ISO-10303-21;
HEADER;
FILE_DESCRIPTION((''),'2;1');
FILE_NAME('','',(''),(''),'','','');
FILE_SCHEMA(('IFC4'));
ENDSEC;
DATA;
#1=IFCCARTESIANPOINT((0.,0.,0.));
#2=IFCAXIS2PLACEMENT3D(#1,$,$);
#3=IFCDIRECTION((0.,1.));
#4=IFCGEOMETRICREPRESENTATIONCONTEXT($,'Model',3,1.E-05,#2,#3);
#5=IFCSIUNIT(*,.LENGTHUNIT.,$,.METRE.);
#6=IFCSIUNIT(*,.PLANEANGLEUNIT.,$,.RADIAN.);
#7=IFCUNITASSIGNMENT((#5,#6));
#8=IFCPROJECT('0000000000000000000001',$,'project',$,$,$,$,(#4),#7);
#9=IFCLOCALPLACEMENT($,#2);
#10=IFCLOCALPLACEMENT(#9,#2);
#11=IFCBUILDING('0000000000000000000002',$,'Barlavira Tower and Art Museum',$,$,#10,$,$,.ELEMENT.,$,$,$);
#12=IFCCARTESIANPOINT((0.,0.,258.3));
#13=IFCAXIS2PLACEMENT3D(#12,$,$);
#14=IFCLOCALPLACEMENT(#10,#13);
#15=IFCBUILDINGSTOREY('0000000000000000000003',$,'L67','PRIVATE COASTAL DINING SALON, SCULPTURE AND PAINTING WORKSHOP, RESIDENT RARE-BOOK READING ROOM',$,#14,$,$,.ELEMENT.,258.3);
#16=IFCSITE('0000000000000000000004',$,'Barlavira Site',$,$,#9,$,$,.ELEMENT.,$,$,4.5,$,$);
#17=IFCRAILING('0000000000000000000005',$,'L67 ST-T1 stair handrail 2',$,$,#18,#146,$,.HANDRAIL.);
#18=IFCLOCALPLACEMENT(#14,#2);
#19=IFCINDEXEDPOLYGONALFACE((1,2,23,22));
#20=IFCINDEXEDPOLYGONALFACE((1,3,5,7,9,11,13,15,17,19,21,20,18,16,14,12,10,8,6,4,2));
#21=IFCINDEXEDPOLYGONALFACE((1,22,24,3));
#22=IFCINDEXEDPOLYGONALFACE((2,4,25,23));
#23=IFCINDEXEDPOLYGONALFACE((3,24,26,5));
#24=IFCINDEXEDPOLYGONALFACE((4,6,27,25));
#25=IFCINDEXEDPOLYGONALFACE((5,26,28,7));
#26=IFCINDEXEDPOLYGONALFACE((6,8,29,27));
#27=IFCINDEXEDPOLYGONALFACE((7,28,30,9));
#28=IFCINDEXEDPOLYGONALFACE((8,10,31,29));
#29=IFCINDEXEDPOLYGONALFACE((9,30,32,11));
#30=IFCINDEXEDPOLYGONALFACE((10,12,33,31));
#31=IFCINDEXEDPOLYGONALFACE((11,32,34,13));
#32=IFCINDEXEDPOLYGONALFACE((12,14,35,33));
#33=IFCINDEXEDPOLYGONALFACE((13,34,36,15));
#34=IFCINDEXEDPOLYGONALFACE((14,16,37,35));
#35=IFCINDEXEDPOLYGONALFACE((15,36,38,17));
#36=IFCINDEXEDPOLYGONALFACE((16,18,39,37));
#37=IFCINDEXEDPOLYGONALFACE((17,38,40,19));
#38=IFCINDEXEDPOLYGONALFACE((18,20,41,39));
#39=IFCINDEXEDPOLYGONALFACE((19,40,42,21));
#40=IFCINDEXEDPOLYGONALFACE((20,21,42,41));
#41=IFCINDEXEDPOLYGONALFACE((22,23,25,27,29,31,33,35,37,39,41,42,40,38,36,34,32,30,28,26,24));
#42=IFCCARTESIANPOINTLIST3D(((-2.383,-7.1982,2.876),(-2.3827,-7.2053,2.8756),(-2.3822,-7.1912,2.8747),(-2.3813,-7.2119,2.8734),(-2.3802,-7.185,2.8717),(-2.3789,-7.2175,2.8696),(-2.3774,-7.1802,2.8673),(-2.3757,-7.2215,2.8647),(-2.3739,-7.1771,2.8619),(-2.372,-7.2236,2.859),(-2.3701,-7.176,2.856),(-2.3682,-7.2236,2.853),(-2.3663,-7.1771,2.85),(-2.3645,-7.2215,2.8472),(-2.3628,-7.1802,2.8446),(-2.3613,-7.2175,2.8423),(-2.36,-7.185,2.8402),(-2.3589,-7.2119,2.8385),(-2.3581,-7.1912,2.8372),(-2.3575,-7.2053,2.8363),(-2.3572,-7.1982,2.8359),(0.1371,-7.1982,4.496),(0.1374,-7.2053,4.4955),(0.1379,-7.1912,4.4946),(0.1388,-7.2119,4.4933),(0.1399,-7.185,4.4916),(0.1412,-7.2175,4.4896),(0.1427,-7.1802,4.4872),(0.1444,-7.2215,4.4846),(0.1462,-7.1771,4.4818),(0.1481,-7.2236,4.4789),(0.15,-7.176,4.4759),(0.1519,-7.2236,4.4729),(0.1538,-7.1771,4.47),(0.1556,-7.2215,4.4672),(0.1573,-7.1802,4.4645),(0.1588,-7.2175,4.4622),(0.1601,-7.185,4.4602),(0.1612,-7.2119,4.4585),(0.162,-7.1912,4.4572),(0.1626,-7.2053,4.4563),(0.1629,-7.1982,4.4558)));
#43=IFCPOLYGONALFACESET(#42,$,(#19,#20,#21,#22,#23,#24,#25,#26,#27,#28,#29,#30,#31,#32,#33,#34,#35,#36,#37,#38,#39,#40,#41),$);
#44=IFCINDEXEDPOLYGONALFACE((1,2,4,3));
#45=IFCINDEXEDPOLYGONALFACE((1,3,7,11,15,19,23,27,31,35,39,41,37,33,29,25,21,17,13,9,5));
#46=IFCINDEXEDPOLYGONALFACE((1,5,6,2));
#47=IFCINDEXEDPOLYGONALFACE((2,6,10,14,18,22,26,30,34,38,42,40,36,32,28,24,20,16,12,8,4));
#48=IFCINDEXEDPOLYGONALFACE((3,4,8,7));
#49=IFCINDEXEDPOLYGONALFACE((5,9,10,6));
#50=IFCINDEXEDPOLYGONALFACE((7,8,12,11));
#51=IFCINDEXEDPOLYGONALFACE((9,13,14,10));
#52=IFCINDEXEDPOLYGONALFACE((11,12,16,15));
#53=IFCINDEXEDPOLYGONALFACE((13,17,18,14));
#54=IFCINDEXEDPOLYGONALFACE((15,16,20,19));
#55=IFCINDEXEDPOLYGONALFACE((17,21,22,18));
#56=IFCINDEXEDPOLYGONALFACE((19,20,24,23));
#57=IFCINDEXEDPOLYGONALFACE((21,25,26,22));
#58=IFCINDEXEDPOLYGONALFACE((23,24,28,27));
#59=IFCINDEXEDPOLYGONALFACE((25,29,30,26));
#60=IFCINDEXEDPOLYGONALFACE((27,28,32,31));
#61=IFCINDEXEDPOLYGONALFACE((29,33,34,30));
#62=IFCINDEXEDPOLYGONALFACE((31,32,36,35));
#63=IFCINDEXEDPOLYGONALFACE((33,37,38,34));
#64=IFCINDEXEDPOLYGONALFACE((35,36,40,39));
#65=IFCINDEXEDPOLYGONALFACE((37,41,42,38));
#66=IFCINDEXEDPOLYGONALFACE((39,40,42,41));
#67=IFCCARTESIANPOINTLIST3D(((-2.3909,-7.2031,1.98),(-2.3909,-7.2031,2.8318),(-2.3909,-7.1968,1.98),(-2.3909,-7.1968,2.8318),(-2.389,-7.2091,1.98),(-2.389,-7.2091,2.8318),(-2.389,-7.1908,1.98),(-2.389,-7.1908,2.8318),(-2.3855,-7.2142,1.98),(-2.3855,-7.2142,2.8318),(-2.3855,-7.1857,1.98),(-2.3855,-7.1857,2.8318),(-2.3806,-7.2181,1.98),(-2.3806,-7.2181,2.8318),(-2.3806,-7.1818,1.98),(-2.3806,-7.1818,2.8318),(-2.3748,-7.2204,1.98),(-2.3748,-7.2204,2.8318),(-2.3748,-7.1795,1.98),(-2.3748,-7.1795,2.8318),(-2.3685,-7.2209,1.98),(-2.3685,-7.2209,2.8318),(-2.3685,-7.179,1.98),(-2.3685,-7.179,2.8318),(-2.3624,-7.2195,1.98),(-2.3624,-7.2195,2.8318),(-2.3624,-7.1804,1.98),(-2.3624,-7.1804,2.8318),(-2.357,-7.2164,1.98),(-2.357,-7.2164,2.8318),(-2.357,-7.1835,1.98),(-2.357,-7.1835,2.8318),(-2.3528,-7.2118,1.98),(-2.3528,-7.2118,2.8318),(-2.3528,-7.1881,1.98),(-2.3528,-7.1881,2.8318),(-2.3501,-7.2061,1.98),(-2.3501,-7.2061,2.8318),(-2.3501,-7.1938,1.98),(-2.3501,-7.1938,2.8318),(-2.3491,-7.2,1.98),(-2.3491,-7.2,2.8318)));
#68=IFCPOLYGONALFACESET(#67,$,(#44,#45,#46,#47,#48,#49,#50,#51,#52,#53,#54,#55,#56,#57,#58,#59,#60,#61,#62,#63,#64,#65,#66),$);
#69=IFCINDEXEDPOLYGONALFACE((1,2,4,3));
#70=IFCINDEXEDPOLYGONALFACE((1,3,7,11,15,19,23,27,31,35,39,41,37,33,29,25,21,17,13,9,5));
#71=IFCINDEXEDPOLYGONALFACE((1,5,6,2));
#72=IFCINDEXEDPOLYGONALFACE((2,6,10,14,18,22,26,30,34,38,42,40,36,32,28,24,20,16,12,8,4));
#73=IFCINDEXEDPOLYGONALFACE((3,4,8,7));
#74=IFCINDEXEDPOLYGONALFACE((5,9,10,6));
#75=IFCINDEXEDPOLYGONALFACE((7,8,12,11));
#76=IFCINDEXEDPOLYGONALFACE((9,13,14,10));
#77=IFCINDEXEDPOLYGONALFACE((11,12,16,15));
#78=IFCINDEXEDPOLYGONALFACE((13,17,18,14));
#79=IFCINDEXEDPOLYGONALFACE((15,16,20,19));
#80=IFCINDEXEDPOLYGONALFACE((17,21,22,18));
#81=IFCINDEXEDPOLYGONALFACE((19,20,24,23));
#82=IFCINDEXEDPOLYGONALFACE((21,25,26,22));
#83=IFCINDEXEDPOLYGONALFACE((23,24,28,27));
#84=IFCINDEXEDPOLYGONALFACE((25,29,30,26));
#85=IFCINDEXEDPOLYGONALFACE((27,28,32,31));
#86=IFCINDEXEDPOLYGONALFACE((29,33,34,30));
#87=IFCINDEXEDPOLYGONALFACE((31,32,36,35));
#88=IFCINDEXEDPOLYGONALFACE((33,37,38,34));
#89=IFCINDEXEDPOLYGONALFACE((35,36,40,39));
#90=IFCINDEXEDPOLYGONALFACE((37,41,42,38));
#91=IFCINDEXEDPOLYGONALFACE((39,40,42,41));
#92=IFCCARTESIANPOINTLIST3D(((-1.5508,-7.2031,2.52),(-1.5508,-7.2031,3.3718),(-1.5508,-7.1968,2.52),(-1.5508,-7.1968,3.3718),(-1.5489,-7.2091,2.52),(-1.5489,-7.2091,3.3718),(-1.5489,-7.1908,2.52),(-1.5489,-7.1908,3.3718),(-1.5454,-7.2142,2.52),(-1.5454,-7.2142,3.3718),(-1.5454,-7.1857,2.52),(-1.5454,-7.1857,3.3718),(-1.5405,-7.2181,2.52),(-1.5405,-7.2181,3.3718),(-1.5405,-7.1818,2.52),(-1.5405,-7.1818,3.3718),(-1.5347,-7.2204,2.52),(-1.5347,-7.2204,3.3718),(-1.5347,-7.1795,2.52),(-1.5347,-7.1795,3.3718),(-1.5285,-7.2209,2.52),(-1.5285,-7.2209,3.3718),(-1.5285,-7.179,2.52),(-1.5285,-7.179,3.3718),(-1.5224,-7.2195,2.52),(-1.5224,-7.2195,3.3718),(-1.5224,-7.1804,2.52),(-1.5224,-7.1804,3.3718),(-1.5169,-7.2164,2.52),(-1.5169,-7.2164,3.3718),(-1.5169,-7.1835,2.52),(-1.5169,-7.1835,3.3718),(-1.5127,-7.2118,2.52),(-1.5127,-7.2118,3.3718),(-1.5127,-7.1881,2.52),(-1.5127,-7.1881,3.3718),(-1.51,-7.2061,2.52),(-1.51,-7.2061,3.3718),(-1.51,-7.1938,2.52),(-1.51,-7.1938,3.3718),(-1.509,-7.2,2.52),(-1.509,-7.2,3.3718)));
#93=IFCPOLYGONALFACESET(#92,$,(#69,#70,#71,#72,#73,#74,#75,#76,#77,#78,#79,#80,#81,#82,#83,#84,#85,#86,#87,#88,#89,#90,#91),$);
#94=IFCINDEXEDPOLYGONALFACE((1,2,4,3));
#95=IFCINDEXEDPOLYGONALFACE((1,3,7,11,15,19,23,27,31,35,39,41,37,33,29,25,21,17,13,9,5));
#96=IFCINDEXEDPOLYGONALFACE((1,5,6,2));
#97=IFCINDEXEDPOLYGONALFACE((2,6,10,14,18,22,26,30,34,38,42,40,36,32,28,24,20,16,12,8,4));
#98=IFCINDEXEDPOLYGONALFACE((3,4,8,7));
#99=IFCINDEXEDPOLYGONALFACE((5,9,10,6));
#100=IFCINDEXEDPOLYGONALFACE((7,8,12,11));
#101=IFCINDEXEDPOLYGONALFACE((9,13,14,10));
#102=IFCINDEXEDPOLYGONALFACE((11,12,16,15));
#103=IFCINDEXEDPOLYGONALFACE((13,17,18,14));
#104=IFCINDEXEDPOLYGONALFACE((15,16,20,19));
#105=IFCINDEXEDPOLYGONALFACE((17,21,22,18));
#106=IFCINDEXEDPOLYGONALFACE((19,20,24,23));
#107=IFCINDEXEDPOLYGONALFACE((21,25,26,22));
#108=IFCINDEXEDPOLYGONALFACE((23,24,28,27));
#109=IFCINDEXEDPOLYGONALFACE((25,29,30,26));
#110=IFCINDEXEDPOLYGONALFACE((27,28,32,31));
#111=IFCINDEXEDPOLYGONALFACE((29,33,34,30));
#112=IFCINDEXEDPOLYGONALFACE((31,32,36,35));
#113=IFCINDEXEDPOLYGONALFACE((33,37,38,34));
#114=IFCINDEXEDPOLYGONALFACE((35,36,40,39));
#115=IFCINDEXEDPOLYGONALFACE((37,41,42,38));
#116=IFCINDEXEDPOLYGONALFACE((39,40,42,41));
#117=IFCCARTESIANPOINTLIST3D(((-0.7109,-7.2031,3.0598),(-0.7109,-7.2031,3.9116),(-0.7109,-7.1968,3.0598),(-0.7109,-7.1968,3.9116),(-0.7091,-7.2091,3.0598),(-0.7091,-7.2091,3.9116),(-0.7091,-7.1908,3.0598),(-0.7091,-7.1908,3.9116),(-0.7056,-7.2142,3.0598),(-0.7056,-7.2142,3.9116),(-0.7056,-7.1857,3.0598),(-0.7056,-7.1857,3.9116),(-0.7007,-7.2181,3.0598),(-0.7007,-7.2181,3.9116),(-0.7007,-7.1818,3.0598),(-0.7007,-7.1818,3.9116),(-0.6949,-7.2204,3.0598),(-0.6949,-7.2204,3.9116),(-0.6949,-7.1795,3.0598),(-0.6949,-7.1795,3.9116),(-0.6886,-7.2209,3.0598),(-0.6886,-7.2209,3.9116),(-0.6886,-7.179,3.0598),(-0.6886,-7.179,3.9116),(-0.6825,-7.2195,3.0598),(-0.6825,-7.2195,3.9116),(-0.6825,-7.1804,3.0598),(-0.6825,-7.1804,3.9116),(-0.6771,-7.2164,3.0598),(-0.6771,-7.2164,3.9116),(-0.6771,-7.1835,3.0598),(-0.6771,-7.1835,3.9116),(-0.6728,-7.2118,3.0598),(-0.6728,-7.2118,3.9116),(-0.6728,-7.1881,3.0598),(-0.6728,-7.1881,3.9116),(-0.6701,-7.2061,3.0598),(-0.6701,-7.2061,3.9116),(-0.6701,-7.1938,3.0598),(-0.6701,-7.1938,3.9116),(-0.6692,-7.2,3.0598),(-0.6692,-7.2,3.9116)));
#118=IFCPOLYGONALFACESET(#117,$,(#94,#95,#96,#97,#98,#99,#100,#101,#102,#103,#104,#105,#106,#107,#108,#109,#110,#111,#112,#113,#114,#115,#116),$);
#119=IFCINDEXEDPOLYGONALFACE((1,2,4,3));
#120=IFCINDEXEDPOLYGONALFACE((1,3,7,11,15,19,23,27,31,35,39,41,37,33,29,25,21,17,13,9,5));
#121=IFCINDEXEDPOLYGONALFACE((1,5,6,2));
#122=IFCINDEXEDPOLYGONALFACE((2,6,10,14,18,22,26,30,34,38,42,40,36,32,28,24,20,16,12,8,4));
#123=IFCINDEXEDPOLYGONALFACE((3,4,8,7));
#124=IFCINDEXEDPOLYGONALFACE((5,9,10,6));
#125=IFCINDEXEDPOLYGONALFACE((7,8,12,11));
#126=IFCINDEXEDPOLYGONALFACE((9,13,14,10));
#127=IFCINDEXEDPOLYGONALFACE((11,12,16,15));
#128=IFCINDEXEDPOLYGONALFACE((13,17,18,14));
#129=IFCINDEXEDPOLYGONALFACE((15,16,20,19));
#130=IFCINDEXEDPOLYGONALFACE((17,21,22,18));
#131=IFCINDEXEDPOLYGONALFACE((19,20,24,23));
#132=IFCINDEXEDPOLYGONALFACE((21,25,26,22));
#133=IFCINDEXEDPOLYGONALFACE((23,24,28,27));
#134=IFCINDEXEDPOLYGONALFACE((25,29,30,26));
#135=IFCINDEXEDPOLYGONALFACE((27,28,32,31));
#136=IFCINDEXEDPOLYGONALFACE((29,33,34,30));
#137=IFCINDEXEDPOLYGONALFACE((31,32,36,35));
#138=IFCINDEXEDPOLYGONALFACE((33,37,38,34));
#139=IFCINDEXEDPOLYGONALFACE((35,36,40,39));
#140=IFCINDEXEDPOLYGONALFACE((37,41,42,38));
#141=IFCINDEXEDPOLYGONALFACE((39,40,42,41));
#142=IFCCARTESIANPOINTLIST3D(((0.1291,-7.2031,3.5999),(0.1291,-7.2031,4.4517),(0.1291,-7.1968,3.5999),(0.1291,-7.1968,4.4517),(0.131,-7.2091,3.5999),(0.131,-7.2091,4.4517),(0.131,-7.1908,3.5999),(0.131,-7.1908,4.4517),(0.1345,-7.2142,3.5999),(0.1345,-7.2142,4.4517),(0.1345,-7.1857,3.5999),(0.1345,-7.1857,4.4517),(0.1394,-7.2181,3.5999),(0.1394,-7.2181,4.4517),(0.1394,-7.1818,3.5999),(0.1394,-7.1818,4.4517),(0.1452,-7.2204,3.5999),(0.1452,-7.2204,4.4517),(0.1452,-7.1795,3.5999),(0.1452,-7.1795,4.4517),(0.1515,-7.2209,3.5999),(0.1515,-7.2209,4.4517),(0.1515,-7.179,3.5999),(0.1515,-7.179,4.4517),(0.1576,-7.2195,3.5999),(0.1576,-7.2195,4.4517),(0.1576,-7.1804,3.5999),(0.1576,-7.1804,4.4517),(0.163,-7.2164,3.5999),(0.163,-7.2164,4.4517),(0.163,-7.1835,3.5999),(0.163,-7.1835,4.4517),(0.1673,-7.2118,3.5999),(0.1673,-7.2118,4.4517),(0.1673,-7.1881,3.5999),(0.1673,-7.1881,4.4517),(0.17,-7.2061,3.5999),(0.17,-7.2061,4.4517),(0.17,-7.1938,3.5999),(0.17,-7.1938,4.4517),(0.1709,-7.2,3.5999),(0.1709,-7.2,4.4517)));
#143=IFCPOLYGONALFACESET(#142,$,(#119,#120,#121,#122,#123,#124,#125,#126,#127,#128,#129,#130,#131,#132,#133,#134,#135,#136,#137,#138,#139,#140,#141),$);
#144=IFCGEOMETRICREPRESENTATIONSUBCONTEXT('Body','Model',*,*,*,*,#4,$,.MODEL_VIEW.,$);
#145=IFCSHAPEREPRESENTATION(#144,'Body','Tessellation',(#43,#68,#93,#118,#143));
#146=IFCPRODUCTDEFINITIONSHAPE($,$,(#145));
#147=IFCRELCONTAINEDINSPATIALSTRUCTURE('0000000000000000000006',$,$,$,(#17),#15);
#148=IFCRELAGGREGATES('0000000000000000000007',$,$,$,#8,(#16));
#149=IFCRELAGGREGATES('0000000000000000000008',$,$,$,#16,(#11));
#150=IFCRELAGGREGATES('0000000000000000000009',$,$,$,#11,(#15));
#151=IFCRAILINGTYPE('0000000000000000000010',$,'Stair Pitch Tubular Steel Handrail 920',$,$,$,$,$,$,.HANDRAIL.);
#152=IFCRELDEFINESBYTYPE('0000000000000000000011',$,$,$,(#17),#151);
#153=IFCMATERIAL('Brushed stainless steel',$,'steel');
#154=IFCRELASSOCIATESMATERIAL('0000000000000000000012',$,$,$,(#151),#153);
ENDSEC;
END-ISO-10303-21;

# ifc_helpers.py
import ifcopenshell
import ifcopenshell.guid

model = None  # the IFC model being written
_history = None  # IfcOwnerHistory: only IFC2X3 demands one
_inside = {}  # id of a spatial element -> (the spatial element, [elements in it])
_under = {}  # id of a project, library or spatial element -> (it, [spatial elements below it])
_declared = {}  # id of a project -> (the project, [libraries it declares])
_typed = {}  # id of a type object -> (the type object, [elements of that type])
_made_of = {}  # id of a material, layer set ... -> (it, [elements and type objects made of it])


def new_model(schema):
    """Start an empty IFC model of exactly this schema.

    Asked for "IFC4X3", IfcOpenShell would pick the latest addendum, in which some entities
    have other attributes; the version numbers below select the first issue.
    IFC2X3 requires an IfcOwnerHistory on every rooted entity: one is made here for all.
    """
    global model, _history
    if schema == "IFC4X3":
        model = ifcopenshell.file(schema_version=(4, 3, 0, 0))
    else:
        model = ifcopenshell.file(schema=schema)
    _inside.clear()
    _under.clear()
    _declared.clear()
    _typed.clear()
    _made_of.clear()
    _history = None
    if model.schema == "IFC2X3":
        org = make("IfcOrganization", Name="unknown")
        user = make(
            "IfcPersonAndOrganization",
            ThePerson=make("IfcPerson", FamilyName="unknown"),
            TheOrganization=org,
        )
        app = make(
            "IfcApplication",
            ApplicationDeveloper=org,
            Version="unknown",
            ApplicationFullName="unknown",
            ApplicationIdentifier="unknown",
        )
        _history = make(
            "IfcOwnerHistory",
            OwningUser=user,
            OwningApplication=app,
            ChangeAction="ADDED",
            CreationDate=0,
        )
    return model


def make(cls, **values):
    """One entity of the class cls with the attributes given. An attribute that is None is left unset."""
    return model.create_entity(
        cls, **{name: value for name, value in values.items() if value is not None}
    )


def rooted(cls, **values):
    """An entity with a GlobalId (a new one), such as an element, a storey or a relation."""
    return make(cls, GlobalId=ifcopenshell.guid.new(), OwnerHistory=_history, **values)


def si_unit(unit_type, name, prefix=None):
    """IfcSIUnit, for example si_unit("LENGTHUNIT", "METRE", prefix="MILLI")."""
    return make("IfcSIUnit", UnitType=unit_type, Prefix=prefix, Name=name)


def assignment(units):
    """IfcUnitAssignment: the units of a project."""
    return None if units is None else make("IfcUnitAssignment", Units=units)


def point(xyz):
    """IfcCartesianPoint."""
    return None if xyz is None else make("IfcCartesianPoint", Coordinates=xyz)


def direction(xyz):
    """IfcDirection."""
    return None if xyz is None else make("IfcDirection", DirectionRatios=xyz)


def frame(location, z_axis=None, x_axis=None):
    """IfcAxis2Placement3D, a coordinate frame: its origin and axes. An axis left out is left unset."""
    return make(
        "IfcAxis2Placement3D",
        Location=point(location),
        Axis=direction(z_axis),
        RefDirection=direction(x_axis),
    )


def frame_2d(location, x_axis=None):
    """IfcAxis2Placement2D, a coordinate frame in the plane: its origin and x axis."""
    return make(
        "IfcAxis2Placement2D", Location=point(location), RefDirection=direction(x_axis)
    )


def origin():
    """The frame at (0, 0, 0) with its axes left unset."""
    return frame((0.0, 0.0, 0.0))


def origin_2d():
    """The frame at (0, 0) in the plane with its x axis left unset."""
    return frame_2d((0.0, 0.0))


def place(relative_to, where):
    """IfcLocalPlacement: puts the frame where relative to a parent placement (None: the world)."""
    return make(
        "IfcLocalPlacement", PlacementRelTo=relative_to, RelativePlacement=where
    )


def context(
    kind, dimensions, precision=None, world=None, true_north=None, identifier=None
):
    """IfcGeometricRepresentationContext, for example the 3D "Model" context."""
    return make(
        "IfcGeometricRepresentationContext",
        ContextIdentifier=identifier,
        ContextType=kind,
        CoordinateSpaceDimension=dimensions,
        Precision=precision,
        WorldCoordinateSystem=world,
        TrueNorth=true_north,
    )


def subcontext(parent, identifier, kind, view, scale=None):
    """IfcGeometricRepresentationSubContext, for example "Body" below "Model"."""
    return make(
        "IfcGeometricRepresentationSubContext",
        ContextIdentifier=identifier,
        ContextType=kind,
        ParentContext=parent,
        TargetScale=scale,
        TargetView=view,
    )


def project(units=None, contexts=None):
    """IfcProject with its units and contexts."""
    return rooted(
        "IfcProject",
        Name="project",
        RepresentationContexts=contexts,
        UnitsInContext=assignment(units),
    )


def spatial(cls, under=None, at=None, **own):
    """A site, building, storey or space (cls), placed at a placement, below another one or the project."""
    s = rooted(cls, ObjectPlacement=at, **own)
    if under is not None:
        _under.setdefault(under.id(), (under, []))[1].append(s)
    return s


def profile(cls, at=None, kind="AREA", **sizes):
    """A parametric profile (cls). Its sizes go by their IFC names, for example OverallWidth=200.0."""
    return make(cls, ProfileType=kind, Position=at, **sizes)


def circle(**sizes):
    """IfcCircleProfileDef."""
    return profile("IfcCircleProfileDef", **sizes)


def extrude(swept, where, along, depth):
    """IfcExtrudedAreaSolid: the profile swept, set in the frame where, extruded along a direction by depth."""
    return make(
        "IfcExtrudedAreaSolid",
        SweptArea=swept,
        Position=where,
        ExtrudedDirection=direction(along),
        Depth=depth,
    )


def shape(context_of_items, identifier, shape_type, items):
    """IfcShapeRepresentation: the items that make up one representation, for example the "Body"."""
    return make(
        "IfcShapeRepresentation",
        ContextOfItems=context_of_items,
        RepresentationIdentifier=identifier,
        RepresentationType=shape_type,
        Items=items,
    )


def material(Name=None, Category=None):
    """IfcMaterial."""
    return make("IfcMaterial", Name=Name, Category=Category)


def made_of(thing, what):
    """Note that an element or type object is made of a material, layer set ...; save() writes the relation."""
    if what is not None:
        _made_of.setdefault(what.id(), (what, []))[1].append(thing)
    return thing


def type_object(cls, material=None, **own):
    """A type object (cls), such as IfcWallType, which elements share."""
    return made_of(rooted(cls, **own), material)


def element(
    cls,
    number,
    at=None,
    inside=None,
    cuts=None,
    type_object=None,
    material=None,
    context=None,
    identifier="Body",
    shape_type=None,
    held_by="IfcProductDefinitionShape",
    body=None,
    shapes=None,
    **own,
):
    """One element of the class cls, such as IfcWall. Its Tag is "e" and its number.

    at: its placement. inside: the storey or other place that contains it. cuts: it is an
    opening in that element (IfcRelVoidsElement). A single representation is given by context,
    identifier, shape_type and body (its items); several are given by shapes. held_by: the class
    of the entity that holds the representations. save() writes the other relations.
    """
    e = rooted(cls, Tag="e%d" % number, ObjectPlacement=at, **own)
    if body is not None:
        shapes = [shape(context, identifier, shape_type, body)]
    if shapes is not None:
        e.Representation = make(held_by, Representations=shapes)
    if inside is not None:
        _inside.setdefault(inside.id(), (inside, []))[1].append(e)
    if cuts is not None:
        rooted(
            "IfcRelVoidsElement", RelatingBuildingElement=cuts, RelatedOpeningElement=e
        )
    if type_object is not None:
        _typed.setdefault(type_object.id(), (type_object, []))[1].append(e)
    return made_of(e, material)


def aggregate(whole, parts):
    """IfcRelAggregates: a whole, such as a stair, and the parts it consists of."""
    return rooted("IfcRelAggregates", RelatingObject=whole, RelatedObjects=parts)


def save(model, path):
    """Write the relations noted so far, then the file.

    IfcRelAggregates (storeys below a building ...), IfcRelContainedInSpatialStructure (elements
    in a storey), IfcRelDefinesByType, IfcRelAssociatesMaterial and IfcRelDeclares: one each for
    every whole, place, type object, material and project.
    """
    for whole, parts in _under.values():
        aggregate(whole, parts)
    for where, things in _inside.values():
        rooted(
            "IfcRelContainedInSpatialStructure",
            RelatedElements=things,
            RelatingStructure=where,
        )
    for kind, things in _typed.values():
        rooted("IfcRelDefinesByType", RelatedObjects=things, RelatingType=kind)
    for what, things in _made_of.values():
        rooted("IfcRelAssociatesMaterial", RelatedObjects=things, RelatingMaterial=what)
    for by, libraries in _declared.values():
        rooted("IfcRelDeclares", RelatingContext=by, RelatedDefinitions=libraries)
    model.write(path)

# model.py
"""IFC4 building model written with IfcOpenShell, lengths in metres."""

from ifc_helpers import new_model, si_unit, direction, frame, origin, origin_2d, place, context, subcontext, project, spatial, circle, extrude, material, type_object, element, save


model = new_model("IFC4")

# Units and contexts
model_context = context("Model", 3, precision=1e-05, world=origin(), true_north=direction((0.0, 1.0)))
body_context = subcontext(model_context, "Body", "Model", "MODEL_VIEW")
ifc_project = project(units=[si_unit("LENGTHUNIT", "METRE"), si_unit("PLANEANGLEUNIT", "RADIAN")], contexts=[model_context])

# Site, building, storey
site_placement = place(None, origin())
site = spatial("IfcSite", under=ifc_project, at=site_placement, Name="Barlavira Site", CompositionType="ELEMENT", RefElevation=4.5)
building_placement = place(site_placement, origin())
building = spatial("IfcBuilding", under=site, at=building_placement, Name="Barlavira Tower and Art Museum", CompositionType="ELEMENT")
storey_placement = place(building_placement, frame((0.0, 0.0, 258.3)))
storey = spatial("IfcBuildingStorey", under=building, at=storey_placement, Name="L67", Description="PRIVATE COASTAL DINING SALON, SCULPTURE AND PAINTING WORKSHOP, RESIDENT RARE-BOOK READING ROOM", CompositionType="ELEMENT", Elevation=258.3)

# Shared definitions
ifc_material_1 = material(Name="Brushed stainless steel", Category="steel")

# Railing
railing_type_1 = type_object("IfcRailingType", Name="Stair Pitch Tubular Steel Handrail 920", PredefinedType="HANDRAIL", material=ifc_material_1)
railing_1_placement = place(storey_placement, frame((-2.3701, -7.2, 1.98)))
element("IfcRailing", 1, at=railing_1_placement, inside=storey, type_object=railing_type_1, Name="L67 ST-T1 stair handrail 2", PredefinedType="HANDRAIL", context=body_context, shape_type="SweptSolid", body=[
    extrude(circle(Radius=0.0239, at=origin_2d()), frame((0.0, 0.0, 0.876), z_axis=(0.8412, 0.0, 0.540725), x_axis=(0.0, 1.0, 0.0)), (0.0, 0.0, 1.0), 2.9958),
    extrude(circle(Radius=0.021, at=origin_2d()), origin(), (0.0, 0.0, 1.0), 0.8518),
    extrude(circle(Radius=0.021, at=origin_2d()), frame((0.8401, 0.0, 0.54)), (0.0, 0.0, 1.0), 0.8518),
    extrude(circle(Radius=0.021, at=origin_2d()), frame((1.6799, 0.0, 1.0798)), (0.0, 0.0, 1.0), 0.8518),
    extrude(circle(Radius=0.021, at=origin_2d()), frame((2.52, 0.0, 1.6199)), (0.0, 0.0, 1.0), 0.8518),
])

save(model, "model.ifc")
